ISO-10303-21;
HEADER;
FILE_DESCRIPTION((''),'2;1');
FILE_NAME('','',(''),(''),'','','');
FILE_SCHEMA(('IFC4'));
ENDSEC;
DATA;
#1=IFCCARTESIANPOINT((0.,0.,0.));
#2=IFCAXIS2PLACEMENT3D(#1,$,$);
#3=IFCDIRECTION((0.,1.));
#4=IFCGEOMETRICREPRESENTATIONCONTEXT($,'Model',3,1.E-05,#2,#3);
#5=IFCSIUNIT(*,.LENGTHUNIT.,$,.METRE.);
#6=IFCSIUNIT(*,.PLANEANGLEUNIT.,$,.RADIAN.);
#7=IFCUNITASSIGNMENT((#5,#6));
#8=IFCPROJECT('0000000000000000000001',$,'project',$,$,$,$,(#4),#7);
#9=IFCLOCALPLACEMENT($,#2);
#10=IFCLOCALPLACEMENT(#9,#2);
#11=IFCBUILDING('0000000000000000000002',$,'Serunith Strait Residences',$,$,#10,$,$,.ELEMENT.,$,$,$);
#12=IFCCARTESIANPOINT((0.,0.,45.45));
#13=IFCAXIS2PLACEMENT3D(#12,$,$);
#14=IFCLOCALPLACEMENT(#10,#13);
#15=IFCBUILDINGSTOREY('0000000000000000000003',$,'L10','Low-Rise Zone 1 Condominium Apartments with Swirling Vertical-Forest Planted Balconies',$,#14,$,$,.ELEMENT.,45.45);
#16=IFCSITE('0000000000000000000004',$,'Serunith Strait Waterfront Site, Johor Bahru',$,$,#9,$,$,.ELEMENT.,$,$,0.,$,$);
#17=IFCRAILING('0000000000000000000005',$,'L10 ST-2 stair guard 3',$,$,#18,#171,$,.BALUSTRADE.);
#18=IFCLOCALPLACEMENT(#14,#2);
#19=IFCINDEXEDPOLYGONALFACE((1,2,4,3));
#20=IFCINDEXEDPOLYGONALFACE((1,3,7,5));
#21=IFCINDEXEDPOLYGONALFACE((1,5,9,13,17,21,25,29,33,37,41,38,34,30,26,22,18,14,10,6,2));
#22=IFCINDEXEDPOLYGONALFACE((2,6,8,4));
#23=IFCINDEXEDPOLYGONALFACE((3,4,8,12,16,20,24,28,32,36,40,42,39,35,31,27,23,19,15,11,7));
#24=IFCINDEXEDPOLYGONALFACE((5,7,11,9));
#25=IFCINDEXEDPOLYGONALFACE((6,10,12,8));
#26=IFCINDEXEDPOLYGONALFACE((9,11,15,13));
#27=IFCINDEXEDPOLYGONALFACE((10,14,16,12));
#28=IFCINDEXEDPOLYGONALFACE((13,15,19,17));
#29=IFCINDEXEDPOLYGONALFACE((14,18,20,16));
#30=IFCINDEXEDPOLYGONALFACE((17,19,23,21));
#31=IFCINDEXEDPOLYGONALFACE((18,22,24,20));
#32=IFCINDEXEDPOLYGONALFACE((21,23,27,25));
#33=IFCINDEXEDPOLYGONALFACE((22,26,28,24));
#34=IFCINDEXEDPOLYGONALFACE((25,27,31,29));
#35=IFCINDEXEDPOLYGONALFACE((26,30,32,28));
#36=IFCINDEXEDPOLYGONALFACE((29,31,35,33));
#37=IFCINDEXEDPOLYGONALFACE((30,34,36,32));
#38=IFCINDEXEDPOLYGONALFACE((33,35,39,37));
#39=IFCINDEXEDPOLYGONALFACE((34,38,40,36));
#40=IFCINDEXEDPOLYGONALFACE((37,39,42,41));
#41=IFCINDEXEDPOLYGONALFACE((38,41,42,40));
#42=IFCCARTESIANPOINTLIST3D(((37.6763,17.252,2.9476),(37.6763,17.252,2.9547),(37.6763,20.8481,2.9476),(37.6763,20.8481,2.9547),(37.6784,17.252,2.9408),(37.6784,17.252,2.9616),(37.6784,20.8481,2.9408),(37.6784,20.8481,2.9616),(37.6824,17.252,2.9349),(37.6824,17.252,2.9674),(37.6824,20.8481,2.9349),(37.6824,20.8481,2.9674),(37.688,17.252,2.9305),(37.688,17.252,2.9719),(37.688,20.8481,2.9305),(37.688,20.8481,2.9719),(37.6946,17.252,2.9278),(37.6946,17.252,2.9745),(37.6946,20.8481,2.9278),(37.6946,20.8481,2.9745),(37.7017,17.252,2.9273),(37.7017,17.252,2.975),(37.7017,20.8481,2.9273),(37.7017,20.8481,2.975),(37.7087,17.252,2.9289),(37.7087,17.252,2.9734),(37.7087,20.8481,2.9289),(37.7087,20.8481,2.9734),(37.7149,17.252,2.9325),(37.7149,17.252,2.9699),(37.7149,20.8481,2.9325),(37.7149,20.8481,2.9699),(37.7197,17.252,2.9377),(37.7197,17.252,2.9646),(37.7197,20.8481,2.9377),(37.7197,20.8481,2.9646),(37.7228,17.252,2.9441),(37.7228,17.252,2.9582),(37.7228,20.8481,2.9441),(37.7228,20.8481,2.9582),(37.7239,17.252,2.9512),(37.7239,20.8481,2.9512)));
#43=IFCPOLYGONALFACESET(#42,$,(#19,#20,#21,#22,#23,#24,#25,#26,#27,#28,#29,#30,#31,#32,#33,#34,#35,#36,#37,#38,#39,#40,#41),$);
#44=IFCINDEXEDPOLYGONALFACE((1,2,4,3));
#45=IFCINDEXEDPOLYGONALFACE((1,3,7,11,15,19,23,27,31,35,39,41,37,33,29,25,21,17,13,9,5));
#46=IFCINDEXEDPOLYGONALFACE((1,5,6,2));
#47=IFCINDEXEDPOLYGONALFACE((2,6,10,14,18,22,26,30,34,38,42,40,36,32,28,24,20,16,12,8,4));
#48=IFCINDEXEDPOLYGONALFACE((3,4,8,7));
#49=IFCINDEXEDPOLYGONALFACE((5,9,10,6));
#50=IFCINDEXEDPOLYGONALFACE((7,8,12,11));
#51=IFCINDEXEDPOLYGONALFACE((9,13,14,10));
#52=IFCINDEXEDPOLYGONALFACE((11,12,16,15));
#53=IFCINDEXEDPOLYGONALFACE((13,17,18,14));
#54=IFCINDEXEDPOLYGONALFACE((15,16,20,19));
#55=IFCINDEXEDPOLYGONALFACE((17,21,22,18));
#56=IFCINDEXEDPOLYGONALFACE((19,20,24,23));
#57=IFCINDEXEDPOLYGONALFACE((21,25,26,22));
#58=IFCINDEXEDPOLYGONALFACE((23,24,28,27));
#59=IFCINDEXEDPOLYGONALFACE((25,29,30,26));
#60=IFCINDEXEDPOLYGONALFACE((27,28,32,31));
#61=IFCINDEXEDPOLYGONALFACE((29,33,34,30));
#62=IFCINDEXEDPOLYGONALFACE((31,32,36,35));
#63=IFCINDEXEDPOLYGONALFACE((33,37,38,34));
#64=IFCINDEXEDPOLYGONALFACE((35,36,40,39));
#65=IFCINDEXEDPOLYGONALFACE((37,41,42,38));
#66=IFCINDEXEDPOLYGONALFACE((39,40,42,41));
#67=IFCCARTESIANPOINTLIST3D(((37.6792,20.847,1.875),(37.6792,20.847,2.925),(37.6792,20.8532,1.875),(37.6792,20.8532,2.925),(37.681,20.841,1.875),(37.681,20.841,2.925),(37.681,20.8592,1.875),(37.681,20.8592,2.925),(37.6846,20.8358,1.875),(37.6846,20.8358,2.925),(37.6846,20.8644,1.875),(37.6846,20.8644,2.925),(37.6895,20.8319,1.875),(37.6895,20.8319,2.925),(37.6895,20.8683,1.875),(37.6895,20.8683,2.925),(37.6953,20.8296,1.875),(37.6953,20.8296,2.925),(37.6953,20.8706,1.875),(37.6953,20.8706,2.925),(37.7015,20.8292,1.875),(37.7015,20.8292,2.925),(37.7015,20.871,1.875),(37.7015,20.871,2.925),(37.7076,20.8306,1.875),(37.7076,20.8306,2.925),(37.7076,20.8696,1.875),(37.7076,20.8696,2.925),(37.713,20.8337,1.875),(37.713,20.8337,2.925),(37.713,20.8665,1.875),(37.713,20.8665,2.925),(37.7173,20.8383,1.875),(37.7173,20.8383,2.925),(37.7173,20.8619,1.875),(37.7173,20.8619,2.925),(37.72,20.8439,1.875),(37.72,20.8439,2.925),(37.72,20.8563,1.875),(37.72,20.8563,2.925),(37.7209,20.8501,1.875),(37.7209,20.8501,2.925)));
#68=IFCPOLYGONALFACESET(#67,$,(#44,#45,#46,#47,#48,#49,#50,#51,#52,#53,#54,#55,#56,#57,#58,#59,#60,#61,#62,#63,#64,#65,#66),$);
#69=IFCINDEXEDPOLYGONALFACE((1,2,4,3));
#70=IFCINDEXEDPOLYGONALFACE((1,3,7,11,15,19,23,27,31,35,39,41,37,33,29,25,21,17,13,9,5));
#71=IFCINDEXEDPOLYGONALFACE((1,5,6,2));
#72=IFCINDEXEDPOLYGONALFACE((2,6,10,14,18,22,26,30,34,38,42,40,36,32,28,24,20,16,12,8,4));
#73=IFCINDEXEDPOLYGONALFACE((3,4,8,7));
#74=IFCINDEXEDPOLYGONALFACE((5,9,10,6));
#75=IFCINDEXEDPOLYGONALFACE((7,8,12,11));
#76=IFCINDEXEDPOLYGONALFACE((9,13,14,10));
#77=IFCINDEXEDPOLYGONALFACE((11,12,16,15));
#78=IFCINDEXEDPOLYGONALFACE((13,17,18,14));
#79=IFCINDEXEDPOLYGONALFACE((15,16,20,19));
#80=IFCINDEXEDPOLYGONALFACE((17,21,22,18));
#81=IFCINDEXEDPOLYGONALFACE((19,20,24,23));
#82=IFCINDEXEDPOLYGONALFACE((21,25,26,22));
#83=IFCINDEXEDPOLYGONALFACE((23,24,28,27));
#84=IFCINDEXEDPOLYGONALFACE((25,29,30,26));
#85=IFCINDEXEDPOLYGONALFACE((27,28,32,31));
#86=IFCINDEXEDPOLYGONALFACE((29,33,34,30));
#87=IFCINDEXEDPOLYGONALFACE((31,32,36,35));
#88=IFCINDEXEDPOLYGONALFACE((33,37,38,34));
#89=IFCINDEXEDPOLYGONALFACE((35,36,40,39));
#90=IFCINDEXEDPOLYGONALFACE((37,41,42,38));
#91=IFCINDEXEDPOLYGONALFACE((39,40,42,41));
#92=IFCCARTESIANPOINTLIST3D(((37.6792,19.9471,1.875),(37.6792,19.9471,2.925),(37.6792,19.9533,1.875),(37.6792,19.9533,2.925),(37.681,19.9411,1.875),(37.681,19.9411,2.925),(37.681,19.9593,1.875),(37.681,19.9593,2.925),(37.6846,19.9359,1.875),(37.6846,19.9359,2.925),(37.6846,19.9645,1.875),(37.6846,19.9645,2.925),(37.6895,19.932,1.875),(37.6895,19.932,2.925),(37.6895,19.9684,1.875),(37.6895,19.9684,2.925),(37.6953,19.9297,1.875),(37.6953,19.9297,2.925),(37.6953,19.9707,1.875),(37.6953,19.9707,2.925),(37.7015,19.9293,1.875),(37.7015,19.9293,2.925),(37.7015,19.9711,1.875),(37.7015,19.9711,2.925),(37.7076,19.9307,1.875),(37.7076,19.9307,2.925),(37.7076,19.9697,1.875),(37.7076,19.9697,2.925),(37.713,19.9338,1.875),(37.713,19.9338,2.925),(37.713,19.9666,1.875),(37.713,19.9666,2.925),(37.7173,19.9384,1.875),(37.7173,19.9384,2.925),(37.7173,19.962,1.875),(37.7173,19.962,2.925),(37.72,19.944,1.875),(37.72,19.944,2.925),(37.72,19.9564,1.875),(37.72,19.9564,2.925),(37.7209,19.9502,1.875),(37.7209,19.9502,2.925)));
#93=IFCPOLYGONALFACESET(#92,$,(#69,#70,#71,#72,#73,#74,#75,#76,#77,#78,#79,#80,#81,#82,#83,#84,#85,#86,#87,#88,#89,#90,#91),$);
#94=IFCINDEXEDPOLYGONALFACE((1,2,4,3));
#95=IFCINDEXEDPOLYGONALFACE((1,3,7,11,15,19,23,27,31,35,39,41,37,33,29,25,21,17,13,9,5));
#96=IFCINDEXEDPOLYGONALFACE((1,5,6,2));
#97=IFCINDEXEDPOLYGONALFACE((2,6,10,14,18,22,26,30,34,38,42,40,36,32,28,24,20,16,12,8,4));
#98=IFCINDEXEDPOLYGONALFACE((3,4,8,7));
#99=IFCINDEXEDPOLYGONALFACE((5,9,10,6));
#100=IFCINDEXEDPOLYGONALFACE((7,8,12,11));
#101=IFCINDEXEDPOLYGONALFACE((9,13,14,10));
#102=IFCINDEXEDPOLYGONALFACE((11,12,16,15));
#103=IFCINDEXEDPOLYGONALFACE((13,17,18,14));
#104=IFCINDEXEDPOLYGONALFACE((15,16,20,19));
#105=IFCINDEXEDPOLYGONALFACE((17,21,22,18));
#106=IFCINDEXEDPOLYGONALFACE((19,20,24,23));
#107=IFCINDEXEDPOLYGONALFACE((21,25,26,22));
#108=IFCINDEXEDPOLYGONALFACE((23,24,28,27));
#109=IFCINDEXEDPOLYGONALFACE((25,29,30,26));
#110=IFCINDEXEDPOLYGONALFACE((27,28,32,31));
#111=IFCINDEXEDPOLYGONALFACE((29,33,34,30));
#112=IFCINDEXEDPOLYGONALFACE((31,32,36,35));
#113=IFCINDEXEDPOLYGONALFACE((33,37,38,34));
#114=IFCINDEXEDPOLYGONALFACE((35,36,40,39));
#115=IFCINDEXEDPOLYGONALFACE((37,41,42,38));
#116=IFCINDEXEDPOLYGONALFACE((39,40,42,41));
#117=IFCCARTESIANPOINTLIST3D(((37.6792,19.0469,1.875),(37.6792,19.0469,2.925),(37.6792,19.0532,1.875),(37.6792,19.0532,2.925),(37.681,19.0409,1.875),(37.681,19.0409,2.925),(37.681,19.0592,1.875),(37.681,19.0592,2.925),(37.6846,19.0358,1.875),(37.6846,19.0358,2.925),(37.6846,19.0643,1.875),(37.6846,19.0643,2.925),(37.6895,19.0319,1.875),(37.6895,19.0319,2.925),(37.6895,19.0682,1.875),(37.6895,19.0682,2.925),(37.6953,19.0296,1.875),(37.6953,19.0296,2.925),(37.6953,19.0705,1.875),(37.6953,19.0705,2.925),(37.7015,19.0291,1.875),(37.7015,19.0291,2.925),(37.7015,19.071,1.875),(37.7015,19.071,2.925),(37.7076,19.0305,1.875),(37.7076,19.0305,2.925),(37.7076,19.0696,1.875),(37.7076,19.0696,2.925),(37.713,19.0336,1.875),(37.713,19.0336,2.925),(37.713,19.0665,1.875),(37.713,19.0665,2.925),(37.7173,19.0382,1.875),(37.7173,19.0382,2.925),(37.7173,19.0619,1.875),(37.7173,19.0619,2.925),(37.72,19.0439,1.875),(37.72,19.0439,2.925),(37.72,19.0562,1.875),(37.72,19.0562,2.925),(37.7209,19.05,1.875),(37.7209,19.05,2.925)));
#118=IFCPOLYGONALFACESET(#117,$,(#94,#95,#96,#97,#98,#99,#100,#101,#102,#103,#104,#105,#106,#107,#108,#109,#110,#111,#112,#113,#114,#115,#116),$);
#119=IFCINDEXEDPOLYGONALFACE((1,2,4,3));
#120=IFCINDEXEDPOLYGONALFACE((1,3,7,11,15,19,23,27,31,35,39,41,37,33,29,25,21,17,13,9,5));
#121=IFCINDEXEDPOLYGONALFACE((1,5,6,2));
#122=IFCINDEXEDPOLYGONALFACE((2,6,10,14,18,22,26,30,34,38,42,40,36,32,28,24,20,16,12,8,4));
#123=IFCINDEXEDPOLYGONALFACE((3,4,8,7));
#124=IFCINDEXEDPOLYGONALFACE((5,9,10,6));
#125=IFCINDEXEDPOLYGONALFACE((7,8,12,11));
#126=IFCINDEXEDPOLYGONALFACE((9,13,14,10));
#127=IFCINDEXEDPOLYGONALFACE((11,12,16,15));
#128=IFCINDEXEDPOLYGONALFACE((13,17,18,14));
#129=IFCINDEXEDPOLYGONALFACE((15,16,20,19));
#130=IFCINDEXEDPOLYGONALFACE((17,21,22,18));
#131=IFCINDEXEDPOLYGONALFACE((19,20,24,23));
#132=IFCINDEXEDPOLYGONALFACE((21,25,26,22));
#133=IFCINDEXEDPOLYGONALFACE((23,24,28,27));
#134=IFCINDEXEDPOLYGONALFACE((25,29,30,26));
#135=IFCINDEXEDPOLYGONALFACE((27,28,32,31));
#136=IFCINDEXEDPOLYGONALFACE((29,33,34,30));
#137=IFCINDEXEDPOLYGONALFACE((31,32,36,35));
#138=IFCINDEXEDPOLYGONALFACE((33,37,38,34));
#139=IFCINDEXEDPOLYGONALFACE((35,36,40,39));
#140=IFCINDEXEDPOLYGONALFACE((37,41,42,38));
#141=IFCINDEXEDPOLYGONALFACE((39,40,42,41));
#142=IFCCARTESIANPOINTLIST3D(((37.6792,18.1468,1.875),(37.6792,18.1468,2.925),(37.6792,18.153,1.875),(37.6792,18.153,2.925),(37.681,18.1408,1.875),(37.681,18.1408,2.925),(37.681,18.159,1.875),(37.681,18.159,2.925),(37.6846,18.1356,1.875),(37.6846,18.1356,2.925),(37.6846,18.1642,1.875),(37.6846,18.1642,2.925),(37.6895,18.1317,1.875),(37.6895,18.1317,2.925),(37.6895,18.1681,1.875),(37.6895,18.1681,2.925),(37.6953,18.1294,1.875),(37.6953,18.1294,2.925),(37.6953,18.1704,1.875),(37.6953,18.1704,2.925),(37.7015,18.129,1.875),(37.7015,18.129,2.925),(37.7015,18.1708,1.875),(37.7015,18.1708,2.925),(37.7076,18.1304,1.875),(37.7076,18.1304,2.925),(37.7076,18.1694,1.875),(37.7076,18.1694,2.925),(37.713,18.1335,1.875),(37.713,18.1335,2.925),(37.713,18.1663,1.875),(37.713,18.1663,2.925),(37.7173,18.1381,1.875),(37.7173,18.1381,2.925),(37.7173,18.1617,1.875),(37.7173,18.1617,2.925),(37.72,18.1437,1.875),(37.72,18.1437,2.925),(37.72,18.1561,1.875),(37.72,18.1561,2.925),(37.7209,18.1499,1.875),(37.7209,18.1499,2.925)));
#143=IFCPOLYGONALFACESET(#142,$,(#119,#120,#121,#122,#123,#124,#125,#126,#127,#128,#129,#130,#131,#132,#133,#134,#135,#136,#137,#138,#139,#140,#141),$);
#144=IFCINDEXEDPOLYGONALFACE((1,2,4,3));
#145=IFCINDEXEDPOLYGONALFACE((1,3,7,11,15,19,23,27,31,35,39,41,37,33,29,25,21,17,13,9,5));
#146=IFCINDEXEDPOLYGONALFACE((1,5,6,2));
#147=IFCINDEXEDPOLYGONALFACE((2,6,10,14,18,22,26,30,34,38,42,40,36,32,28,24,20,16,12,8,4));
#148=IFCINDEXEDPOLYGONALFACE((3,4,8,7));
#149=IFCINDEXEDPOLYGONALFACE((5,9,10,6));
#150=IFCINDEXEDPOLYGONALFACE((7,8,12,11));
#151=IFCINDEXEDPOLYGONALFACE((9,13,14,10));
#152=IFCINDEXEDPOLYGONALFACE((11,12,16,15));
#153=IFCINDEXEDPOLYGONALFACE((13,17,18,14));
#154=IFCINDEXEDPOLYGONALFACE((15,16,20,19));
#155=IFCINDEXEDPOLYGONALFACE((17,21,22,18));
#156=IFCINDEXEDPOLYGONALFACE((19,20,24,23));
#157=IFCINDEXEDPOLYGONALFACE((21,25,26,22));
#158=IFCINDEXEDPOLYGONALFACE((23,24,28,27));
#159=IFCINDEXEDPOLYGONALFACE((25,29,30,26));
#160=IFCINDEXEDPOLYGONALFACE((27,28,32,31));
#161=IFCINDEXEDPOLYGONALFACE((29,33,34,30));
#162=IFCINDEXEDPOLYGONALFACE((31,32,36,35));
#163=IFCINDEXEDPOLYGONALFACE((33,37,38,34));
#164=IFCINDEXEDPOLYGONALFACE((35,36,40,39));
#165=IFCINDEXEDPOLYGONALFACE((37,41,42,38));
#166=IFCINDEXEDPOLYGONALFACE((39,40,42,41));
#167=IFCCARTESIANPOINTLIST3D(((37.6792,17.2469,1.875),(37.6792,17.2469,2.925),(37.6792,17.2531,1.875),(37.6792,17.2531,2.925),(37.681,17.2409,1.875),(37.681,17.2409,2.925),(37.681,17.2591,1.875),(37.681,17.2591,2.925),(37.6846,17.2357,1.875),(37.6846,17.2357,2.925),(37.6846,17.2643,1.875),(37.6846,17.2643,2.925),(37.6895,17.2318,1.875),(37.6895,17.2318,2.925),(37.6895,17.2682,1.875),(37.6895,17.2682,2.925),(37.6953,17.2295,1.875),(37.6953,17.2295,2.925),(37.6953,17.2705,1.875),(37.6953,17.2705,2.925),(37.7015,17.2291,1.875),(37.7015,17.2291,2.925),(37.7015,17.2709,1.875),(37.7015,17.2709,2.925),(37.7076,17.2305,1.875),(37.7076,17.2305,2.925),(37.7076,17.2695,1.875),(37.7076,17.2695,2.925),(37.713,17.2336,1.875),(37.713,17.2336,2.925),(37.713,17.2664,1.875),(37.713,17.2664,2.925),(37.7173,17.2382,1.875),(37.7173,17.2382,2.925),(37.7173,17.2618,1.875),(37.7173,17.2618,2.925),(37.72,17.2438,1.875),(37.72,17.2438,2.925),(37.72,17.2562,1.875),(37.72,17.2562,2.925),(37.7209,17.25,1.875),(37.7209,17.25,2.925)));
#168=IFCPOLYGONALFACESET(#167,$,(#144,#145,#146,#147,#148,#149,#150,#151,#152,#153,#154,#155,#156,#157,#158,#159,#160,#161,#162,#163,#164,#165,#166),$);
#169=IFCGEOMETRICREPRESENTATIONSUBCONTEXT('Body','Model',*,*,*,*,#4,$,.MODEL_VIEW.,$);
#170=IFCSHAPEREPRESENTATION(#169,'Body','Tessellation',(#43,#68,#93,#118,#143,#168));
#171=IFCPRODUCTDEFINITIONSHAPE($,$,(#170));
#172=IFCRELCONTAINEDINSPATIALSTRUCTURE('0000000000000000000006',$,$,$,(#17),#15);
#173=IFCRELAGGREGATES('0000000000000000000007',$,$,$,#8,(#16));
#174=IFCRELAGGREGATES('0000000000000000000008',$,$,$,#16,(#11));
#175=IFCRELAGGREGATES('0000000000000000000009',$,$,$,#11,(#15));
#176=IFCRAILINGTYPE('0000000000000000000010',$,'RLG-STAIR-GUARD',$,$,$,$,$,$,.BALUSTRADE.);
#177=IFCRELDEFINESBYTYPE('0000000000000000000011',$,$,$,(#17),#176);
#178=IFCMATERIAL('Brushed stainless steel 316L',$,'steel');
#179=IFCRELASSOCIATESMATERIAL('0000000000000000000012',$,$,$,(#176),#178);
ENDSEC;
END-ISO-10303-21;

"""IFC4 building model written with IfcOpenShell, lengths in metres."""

from ifc_helpers import new_model, si_unit, direction, frame, origin, origin_2d, place, context, subcontext, project, spatial, circle, extrude, material, type_object, element, save


model = new_model("IFC4")

# Units and contexts
model_context = context("Model", 3, precision=1e-05, world=origin(), true_north=direction((0.0, 1.0)))
body_context = subcontext(model_context, "Body", "Model", "MODEL_VIEW")
ifc_project = project(units=[si_unit("LENGTHUNIT", "METRE"), si_unit("PLANEANGLEUNIT", "RADIAN")], contexts=[model_context])

# Site, building, storey
site_placement = place(None, origin())
site = spatial("IfcSite", under=ifc_project, at=site_placement, Name="Serunith Strait Waterfront Site, Johor Bahru", CompositionType="ELEMENT", RefElevation=0.0)
building_placement = place(site_placement, origin())
building = spatial("IfcBuilding", under=site, at=building_placement, Name="Serunith Strait Residences", CompositionType="ELEMENT")
storey_placement = place(building_placement, frame((0.0, 0.0, 45.45)))
storey = spatial("IfcBuildingStorey", under=building, at=storey_placement, Name="L10", Description="Low-Rise Zone 1 Condominium Apartments with Swirling Vertical-Forest Planted Balconies", CompositionType="ELEMENT", Elevation=45.45)

# Railing
ifc_material_1 = material(Name="Brushed stainless steel 316L", Category="steel")
railing_type_1 = type_object("IfcRailingType", Name="RLG-STAIR-GUARD", PredefinedType="BALUSTRADE", material=ifc_material_1)
for number, where, name in (
    (1, (37.7, 20.8501, 1.875), "L10 ST-2 stair guard 3"),
):
    element("IfcRailing", number, at=place(storey_placement, frame(where)), inside=storey, type_object=railing_type_1, Name=name, PredefinedType="BALUSTRADE", context=body_context, shape_type="SweptSolid", body=[
        extrude(circle(Radius=0.0239, at=origin_2d()), frame((0.0, -0.002, 1.0762), z_axis=(0.0, -1.0, 0.0), x_axis=(1.0, 0.0, 0.0)), (0.0, 0.0, 1.0), 3.5962),
        extrude(circle(Radius=0.021, at=origin_2d()), origin(), (0.0, 0.0, 1.0), 1.05),
        extrude(circle(Radius=0.021, at=origin_2d()), frame((0.0, -0.8999, 0.0)), (0.0, 0.0, 1.0), 1.05),
        extrude(circle(Radius=0.021, at=origin_2d()), frame((0.0, -1.8, 0.0)), (0.0, 0.0, 1.0), 1.05),
        extrude(circle(Radius=0.021, at=origin_2d()), frame((0.0, -2.7002, 0.0)), (0.0, 0.0, 1.0), 1.05),
        extrude(circle(Radius=0.021, at=origin_2d()), frame((0.0, -3.6001, 0.0)), (0.0, 0.0, 1.0), 1.05),
    ])

save(model, "model.ifc")
